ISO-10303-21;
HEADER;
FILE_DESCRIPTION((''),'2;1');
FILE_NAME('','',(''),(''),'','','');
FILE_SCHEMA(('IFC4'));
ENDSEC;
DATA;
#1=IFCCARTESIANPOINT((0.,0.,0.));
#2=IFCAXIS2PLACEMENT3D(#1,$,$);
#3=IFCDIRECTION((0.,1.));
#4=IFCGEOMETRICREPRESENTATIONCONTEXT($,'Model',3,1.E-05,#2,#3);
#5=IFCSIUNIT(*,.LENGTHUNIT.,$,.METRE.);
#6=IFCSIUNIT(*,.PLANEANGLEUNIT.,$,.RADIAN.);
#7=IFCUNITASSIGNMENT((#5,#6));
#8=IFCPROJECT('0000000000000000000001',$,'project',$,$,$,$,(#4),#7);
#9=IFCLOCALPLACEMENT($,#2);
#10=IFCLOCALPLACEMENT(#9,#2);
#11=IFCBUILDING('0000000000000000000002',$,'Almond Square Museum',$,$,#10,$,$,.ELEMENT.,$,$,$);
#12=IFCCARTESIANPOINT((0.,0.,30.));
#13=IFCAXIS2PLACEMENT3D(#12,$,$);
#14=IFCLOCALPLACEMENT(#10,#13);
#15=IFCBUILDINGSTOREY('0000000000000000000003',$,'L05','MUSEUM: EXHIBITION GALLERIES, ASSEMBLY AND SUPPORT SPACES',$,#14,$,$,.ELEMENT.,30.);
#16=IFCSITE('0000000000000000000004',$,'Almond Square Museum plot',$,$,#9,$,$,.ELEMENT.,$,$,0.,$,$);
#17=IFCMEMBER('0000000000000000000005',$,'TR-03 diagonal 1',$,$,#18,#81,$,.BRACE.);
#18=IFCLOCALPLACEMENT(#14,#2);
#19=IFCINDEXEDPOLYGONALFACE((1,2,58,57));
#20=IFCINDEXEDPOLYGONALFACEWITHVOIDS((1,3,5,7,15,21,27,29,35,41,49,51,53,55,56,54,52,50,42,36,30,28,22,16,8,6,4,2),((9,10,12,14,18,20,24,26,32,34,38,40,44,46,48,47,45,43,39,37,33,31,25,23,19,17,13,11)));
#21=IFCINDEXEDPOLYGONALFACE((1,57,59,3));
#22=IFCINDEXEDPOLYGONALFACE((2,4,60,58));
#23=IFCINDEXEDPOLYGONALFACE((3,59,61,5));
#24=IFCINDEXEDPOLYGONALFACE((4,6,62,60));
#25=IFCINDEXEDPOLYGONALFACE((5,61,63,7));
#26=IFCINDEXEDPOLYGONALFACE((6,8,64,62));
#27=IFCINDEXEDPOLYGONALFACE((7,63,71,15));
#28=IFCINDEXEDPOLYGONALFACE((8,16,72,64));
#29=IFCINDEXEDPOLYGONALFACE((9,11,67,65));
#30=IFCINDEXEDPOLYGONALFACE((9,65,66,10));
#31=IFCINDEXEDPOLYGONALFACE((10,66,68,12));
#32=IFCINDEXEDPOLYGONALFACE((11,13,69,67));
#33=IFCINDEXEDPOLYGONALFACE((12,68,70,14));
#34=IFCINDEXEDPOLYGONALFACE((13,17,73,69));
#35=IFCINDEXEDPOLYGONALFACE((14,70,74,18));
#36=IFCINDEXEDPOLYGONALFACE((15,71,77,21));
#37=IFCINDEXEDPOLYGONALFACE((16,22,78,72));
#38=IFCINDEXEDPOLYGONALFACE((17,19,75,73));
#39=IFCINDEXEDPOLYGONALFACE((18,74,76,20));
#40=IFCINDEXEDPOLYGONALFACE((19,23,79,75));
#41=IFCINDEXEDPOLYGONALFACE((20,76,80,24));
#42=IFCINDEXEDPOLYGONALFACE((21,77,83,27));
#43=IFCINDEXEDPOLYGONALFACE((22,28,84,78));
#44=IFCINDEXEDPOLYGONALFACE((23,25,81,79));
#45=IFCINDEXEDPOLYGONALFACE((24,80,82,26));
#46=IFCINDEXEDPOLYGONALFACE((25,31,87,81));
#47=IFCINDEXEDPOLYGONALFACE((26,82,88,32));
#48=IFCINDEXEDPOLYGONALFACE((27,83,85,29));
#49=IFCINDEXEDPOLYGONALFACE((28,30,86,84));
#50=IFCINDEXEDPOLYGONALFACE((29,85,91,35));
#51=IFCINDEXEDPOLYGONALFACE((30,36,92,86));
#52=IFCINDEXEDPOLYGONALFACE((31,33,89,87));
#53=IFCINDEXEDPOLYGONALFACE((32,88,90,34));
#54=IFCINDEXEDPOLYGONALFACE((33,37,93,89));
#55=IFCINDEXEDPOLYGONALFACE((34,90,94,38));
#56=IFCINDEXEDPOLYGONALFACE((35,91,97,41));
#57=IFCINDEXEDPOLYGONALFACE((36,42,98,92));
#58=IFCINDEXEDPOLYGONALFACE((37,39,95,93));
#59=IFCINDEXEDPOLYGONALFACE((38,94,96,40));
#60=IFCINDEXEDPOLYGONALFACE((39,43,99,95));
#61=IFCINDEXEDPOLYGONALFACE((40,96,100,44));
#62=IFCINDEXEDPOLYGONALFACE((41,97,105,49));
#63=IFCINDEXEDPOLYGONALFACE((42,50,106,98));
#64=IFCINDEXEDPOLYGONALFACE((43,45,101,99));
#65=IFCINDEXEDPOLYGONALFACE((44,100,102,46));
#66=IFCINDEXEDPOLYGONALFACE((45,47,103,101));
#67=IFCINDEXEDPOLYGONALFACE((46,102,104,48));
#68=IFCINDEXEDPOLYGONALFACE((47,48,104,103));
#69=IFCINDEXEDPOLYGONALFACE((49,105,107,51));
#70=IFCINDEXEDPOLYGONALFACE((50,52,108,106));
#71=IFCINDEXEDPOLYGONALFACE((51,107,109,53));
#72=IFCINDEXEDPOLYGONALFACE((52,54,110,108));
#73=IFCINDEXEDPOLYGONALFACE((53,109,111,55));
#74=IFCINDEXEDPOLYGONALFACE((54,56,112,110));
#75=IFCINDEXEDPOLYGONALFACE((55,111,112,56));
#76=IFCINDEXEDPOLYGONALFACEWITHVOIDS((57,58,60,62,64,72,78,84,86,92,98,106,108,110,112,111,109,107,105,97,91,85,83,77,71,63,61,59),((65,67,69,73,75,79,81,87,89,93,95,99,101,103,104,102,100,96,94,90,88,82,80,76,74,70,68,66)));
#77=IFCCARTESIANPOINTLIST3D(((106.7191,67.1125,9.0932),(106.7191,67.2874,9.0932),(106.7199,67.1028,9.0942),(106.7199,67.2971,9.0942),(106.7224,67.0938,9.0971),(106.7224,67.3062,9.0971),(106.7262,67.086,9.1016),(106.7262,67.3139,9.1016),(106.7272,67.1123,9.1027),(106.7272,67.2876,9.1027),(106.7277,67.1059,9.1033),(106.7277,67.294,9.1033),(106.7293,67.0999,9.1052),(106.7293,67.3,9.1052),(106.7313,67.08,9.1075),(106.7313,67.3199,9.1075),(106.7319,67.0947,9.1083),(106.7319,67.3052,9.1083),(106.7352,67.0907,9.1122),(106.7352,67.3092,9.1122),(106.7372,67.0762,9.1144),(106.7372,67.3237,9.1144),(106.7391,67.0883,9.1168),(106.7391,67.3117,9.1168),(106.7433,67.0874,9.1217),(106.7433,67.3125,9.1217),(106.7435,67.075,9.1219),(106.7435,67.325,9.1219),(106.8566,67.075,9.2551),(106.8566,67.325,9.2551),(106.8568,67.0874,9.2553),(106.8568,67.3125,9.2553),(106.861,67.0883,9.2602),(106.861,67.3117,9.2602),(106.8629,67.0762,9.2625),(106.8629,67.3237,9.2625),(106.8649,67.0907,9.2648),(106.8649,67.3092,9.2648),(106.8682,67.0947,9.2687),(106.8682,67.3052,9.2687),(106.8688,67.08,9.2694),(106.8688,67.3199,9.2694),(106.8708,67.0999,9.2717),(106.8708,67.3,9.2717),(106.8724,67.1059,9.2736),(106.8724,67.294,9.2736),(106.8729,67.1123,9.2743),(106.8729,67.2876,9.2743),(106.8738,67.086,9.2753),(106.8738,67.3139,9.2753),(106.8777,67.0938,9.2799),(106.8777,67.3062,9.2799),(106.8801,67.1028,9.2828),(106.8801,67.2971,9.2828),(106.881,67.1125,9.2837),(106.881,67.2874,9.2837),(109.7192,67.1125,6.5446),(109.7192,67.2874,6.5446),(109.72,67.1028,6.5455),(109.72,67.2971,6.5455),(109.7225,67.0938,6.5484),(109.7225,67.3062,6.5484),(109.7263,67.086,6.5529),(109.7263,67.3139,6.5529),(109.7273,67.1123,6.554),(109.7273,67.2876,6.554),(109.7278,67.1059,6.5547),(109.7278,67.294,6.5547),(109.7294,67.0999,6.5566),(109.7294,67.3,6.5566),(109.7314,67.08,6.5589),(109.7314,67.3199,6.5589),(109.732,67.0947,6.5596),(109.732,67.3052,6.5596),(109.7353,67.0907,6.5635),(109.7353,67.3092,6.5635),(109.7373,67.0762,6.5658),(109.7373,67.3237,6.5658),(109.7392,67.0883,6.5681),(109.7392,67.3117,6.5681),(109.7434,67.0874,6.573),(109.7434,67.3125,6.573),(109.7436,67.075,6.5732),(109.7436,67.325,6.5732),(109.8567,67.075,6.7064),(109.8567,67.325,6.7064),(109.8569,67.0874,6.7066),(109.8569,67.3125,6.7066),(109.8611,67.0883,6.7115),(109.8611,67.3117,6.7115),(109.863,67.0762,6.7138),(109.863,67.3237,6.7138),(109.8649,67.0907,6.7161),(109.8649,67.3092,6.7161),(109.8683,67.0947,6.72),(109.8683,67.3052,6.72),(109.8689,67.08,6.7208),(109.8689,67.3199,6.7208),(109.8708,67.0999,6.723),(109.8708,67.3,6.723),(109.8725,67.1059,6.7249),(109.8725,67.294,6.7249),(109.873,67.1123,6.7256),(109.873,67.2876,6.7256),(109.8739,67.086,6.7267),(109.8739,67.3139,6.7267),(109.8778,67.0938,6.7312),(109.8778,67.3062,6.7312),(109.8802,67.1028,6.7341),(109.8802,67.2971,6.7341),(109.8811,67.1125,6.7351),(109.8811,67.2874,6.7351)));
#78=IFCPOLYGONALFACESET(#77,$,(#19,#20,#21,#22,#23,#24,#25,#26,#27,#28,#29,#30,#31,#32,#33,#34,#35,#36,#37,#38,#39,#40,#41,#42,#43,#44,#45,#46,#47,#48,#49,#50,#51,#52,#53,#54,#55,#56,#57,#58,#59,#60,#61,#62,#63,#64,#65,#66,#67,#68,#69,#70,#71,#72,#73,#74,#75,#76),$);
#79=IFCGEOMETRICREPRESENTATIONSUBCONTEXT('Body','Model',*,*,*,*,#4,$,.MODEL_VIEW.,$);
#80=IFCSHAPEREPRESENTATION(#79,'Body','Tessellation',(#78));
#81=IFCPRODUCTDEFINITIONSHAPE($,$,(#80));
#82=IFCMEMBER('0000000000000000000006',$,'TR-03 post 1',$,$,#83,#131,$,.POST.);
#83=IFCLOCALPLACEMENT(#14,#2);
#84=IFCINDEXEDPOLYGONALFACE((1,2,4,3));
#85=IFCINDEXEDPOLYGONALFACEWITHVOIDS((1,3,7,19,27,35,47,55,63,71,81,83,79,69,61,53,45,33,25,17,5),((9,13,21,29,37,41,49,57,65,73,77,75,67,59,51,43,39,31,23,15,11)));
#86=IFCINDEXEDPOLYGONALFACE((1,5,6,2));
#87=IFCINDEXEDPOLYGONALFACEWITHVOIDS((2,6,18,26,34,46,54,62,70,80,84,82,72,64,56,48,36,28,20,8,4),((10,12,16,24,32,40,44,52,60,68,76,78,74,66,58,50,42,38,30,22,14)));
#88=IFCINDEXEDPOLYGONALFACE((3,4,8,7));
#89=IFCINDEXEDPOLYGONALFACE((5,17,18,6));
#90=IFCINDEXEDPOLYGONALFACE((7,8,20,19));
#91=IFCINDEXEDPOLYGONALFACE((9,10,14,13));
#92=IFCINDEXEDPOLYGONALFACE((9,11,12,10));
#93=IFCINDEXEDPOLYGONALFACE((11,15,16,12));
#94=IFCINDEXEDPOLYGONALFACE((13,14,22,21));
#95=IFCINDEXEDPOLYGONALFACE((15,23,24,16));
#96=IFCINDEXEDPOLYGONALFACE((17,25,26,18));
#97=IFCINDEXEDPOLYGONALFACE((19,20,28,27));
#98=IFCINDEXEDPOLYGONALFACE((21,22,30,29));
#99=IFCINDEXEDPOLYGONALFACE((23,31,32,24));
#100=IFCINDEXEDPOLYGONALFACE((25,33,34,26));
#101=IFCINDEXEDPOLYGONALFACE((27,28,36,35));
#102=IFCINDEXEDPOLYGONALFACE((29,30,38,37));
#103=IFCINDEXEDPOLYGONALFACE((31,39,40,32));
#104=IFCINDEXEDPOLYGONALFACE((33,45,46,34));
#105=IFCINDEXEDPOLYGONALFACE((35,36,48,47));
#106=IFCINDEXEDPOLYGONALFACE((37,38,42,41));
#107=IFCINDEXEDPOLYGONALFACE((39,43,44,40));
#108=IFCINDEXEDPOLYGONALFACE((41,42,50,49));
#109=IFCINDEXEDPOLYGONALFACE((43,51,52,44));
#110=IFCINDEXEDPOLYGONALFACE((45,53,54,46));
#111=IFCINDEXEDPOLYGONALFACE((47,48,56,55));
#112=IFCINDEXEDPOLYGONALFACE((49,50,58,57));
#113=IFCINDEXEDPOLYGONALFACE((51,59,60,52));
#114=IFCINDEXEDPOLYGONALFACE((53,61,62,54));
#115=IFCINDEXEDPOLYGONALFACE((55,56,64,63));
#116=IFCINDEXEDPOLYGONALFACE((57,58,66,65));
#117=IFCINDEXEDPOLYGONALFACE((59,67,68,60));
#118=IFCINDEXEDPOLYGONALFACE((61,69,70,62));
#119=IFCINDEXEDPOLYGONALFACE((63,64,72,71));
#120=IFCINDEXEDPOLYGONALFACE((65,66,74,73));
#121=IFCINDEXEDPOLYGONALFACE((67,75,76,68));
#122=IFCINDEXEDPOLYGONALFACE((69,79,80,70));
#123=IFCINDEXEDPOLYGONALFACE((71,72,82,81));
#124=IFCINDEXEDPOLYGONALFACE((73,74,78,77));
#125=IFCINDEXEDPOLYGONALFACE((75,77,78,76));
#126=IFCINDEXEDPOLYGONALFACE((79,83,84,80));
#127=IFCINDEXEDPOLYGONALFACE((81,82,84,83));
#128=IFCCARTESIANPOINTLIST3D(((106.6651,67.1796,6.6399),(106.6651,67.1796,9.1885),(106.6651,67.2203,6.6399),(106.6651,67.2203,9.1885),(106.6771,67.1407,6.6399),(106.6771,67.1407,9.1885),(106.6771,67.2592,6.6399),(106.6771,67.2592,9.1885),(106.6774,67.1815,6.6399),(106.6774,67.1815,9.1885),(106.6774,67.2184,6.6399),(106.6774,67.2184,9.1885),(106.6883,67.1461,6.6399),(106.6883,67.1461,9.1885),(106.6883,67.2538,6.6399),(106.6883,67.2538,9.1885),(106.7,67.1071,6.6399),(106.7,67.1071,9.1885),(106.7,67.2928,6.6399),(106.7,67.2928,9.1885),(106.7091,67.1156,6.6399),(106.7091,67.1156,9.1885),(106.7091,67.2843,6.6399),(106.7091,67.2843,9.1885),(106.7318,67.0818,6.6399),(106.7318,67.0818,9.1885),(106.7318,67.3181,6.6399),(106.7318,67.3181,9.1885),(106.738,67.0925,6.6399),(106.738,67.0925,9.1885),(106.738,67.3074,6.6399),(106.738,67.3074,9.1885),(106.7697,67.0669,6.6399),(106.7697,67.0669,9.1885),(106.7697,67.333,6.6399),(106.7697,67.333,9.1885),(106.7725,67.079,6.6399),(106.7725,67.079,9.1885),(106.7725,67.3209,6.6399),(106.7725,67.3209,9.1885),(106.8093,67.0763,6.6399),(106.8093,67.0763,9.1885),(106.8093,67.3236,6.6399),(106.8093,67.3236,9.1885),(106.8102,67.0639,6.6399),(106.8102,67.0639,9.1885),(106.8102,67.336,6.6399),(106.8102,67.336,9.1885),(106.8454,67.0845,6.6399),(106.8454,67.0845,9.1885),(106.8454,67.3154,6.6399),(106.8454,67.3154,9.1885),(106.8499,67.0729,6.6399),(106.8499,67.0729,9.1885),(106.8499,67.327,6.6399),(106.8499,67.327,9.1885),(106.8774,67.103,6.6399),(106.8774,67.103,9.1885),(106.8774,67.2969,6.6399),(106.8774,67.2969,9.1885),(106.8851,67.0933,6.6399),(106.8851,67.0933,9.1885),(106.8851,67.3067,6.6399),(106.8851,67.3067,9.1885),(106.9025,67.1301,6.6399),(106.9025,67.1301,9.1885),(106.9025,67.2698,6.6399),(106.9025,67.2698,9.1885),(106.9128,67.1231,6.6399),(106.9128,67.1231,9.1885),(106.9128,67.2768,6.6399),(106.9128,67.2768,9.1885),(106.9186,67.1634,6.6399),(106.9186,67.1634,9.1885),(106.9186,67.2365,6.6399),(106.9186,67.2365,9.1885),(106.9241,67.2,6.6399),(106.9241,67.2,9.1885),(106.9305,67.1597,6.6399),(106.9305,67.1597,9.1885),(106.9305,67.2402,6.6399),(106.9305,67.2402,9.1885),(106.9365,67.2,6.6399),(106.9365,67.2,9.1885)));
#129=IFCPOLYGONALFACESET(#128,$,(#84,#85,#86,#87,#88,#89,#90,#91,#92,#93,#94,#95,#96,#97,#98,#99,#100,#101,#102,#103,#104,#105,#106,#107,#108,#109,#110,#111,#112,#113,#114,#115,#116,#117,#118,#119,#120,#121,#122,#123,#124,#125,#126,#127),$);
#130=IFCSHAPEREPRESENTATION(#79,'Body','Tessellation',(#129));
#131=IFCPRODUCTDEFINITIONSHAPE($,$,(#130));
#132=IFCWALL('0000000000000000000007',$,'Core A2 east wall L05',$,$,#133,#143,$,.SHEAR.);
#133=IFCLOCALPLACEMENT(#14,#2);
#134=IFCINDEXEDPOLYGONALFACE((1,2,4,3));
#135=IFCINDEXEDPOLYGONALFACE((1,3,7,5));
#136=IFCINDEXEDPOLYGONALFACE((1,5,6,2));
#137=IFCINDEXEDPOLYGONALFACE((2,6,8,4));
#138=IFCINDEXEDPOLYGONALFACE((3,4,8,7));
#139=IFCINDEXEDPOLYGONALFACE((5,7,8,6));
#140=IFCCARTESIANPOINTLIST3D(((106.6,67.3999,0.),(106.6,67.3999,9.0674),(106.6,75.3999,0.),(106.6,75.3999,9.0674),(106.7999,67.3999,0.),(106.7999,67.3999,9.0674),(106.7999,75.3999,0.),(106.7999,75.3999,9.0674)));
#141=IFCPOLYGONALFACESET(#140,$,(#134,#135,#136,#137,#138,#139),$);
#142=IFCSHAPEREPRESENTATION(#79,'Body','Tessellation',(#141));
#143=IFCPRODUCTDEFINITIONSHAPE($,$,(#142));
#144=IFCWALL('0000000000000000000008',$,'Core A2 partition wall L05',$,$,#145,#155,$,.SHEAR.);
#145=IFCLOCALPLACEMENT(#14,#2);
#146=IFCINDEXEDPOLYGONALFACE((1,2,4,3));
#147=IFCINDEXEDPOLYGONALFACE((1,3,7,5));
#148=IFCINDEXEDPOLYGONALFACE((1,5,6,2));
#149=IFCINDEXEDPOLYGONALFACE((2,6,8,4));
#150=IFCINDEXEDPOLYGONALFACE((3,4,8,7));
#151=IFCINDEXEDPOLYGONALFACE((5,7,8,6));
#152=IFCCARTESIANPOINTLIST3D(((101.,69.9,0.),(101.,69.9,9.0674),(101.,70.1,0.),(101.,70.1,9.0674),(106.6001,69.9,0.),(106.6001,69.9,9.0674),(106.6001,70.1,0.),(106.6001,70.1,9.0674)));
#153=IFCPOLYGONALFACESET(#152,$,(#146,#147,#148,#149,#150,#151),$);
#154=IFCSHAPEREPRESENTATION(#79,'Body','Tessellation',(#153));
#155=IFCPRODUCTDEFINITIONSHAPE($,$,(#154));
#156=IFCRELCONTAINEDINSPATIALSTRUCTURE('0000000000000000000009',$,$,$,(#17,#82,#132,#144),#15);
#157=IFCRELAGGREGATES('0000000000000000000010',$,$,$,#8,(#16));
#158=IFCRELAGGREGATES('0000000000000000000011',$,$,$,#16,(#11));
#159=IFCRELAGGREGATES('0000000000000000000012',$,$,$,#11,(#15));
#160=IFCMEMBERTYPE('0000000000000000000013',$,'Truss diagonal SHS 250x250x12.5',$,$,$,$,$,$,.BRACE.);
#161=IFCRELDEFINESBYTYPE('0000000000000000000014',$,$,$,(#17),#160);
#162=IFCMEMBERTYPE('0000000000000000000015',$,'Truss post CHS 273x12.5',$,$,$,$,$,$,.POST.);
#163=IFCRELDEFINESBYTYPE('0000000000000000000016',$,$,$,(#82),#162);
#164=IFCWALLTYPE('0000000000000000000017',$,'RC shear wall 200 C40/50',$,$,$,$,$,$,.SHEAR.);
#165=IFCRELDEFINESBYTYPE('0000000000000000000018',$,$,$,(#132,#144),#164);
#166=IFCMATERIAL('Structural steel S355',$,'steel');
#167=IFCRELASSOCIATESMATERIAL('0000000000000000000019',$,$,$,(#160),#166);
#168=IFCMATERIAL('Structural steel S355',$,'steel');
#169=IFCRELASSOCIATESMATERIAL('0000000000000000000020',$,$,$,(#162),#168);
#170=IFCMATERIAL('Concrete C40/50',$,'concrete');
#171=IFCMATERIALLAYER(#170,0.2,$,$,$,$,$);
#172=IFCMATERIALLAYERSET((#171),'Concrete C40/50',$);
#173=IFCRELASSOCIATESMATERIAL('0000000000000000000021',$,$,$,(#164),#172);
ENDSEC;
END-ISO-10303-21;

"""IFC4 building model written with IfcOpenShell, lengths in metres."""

from ifc_helpers import new_model, si_unit, direction, frame, frame_2d, origin, origin_2d, place, context, subcontext, project, spatial, rectangle, hollow_rectangle, hollow_circle, extrude, material, layer, layer_set, material_profile, profile_set, type_object, element, save


model = new_model("IFC4")

# Units and contexts
model_context = context("Model", 3, precision=1e-05, world=origin(), true_north=direction((0.0, 1.0)))
body_context = subcontext(model_context, "Body", "Model", "MODEL_VIEW")
ifc_project = project(units=[si_unit("LENGTHUNIT", "METRE"), si_unit("PLANEANGLEUNIT", "RADIAN")], contexts=[model_context])

# Site, building, storey
site_placement = place(None, origin())
site = spatial("IfcSite", under=ifc_project, at=site_placement, Name="Almond Square Museum plot", CompositionType="ELEMENT", RefElevation=0.0)
building_placement = place(site_placement, origin())
building = spatial("IfcBuilding", under=site, at=building_placement, Name="Almond Square Museum", CompositionType="ELEMENT")
storey_placement = place(building_placement, frame((0.0, 0.0, 30.0)))
storey = spatial("IfcBuildingStorey", under=building, at=storey_placement, Name="L05", Description="MUSEUM: EXHIBITION GALLERIES, ASSEMBLY AND SUPPORT SPACES", CompositionType="ELEMENT", Elevation=30.0)

# Members
ifc_material_1 = material(Name="Structural steel S355", Category="steel")
ifc_material_profile_1 = material_profile(ifc_material_1, hollow_rectangle(XDim=0.25, YDim=0.25, WallThickness=0.0125, InnerFilletRadius=0.0249, OuterFilletRadius=0.0376, at=origin_2d()))
ifc_profile_set_1 = profile_set([ifc_material_profile_1], Name="Structural steel S355")
member_type_1 = type_object("IfcMemberType", Name="Truss diagonal SHS 250x250x12.5", PredefinedType="BRACE", material=ifc_profile_set_1)
member_1_placement = place(storey_placement, frame((106.8, 67.2, 9.1885), z_axis=(0.762117, 0.0, -0.64744), x_axis=(0.0, 1.0, 0.0)))
element("IfcMember", 1, at=member_1_placement, inside=storey, type_object=member_type_1, Name="TR-03 diagonal 1", PredefinedType="BRACE", context=body_context, shape_type="SweptSolid", body=[
    extrude(hollow_rectangle(XDim=0.25, YDim=0.25, WallThickness=0.0125, InnerFilletRadius=0.0249, OuterFilletRadius=0.0376, at=origin_2d()), origin(), (0.0, 0.0, 1.0), 3.9365),
])
ifc_material_2 = material(Name="Structural steel S355", Category="steel")
ifc_material_profile_2 = material_profile(ifc_material_2, hollow_circle(Radius=0.1365, WallThickness=0.0125, at=origin_2d()))
ifc_profile_set_2 = profile_set([ifc_material_profile_2], Name="Structural steel S355")
member_type_2 = type_object("IfcMemberType", Name="Truss post CHS 273x12.5", PredefinedType="POST", material=ifc_profile_set_2)
member_2_placement = place(storey_placement, frame((106.8, 67.2, 6.6399), z_axis=(0.0, 0.0, 1.0), x_axis=(1.0, 0.0, 0.0)))
element("IfcMember", 2, at=member_2_placement, inside=storey, type_object=member_type_2, Name="TR-03 post 1", PredefinedType="POST", context=body_context, shape_type="SweptSolid", body=[
    extrude(hollow_circle(Radius=0.1365, WallThickness=0.0125, at=origin_2d()), origin(), (0.0, 0.0, 1.0), 2.5486),
])

# Walls
ifc_material_3 = material(Name="Concrete C40/50", Category="concrete")
ifc_layer_1 = layer(ifc_material_3, 0.2)
ifc_layer_set_1 = layer_set([ifc_layer_1], Name="Concrete C40/50")
wall_type = type_object("IfcWallType", Name="RC shear wall 200 C40/50", PredefinedType="SHEAR", material=ifc_layer_set_1)
wall_1_placement = place(storey_placement, frame((106.7, 67.3999, 0.0), z_axis=(0.0, 0.0, 1.0), x_axis=(0.0, 1.0, 0.0)))
element("IfcWall", 3, at=wall_1_placement, inside=storey, type_object=wall_type, Name="Core A2 east wall L05", PredefinedType="SHEAR", context=body_context, shape_type="SweptSolid", body=[
    extrude(rectangle(XDim=8.0, YDim=0.2, at=frame_2d((4.0, 0.0))), origin(), (0.0, 0.0, 1.0), 9.0674),
])
wall_2_placement = place(storey_placement, frame((101.0, 70.0, 0.0), z_axis=(0.0, 0.0, 1.0), x_axis=(1.0, 0.0, 0.0)))
element("IfcWall", 4, at=wall_2_placement, inside=storey, type_object=wall_type, Name="Core A2 partition wall L05", PredefinedType="SHEAR", context=body_context, shape_type="SweptSolid", body=[
    extrude(rectangle(XDim=5.6001, YDim=0.2, at=frame_2d((2.8, 0.0))), origin(), (0.0, 0.0, 1.0), 9.0674),
])

save(model, "model.ifc")
